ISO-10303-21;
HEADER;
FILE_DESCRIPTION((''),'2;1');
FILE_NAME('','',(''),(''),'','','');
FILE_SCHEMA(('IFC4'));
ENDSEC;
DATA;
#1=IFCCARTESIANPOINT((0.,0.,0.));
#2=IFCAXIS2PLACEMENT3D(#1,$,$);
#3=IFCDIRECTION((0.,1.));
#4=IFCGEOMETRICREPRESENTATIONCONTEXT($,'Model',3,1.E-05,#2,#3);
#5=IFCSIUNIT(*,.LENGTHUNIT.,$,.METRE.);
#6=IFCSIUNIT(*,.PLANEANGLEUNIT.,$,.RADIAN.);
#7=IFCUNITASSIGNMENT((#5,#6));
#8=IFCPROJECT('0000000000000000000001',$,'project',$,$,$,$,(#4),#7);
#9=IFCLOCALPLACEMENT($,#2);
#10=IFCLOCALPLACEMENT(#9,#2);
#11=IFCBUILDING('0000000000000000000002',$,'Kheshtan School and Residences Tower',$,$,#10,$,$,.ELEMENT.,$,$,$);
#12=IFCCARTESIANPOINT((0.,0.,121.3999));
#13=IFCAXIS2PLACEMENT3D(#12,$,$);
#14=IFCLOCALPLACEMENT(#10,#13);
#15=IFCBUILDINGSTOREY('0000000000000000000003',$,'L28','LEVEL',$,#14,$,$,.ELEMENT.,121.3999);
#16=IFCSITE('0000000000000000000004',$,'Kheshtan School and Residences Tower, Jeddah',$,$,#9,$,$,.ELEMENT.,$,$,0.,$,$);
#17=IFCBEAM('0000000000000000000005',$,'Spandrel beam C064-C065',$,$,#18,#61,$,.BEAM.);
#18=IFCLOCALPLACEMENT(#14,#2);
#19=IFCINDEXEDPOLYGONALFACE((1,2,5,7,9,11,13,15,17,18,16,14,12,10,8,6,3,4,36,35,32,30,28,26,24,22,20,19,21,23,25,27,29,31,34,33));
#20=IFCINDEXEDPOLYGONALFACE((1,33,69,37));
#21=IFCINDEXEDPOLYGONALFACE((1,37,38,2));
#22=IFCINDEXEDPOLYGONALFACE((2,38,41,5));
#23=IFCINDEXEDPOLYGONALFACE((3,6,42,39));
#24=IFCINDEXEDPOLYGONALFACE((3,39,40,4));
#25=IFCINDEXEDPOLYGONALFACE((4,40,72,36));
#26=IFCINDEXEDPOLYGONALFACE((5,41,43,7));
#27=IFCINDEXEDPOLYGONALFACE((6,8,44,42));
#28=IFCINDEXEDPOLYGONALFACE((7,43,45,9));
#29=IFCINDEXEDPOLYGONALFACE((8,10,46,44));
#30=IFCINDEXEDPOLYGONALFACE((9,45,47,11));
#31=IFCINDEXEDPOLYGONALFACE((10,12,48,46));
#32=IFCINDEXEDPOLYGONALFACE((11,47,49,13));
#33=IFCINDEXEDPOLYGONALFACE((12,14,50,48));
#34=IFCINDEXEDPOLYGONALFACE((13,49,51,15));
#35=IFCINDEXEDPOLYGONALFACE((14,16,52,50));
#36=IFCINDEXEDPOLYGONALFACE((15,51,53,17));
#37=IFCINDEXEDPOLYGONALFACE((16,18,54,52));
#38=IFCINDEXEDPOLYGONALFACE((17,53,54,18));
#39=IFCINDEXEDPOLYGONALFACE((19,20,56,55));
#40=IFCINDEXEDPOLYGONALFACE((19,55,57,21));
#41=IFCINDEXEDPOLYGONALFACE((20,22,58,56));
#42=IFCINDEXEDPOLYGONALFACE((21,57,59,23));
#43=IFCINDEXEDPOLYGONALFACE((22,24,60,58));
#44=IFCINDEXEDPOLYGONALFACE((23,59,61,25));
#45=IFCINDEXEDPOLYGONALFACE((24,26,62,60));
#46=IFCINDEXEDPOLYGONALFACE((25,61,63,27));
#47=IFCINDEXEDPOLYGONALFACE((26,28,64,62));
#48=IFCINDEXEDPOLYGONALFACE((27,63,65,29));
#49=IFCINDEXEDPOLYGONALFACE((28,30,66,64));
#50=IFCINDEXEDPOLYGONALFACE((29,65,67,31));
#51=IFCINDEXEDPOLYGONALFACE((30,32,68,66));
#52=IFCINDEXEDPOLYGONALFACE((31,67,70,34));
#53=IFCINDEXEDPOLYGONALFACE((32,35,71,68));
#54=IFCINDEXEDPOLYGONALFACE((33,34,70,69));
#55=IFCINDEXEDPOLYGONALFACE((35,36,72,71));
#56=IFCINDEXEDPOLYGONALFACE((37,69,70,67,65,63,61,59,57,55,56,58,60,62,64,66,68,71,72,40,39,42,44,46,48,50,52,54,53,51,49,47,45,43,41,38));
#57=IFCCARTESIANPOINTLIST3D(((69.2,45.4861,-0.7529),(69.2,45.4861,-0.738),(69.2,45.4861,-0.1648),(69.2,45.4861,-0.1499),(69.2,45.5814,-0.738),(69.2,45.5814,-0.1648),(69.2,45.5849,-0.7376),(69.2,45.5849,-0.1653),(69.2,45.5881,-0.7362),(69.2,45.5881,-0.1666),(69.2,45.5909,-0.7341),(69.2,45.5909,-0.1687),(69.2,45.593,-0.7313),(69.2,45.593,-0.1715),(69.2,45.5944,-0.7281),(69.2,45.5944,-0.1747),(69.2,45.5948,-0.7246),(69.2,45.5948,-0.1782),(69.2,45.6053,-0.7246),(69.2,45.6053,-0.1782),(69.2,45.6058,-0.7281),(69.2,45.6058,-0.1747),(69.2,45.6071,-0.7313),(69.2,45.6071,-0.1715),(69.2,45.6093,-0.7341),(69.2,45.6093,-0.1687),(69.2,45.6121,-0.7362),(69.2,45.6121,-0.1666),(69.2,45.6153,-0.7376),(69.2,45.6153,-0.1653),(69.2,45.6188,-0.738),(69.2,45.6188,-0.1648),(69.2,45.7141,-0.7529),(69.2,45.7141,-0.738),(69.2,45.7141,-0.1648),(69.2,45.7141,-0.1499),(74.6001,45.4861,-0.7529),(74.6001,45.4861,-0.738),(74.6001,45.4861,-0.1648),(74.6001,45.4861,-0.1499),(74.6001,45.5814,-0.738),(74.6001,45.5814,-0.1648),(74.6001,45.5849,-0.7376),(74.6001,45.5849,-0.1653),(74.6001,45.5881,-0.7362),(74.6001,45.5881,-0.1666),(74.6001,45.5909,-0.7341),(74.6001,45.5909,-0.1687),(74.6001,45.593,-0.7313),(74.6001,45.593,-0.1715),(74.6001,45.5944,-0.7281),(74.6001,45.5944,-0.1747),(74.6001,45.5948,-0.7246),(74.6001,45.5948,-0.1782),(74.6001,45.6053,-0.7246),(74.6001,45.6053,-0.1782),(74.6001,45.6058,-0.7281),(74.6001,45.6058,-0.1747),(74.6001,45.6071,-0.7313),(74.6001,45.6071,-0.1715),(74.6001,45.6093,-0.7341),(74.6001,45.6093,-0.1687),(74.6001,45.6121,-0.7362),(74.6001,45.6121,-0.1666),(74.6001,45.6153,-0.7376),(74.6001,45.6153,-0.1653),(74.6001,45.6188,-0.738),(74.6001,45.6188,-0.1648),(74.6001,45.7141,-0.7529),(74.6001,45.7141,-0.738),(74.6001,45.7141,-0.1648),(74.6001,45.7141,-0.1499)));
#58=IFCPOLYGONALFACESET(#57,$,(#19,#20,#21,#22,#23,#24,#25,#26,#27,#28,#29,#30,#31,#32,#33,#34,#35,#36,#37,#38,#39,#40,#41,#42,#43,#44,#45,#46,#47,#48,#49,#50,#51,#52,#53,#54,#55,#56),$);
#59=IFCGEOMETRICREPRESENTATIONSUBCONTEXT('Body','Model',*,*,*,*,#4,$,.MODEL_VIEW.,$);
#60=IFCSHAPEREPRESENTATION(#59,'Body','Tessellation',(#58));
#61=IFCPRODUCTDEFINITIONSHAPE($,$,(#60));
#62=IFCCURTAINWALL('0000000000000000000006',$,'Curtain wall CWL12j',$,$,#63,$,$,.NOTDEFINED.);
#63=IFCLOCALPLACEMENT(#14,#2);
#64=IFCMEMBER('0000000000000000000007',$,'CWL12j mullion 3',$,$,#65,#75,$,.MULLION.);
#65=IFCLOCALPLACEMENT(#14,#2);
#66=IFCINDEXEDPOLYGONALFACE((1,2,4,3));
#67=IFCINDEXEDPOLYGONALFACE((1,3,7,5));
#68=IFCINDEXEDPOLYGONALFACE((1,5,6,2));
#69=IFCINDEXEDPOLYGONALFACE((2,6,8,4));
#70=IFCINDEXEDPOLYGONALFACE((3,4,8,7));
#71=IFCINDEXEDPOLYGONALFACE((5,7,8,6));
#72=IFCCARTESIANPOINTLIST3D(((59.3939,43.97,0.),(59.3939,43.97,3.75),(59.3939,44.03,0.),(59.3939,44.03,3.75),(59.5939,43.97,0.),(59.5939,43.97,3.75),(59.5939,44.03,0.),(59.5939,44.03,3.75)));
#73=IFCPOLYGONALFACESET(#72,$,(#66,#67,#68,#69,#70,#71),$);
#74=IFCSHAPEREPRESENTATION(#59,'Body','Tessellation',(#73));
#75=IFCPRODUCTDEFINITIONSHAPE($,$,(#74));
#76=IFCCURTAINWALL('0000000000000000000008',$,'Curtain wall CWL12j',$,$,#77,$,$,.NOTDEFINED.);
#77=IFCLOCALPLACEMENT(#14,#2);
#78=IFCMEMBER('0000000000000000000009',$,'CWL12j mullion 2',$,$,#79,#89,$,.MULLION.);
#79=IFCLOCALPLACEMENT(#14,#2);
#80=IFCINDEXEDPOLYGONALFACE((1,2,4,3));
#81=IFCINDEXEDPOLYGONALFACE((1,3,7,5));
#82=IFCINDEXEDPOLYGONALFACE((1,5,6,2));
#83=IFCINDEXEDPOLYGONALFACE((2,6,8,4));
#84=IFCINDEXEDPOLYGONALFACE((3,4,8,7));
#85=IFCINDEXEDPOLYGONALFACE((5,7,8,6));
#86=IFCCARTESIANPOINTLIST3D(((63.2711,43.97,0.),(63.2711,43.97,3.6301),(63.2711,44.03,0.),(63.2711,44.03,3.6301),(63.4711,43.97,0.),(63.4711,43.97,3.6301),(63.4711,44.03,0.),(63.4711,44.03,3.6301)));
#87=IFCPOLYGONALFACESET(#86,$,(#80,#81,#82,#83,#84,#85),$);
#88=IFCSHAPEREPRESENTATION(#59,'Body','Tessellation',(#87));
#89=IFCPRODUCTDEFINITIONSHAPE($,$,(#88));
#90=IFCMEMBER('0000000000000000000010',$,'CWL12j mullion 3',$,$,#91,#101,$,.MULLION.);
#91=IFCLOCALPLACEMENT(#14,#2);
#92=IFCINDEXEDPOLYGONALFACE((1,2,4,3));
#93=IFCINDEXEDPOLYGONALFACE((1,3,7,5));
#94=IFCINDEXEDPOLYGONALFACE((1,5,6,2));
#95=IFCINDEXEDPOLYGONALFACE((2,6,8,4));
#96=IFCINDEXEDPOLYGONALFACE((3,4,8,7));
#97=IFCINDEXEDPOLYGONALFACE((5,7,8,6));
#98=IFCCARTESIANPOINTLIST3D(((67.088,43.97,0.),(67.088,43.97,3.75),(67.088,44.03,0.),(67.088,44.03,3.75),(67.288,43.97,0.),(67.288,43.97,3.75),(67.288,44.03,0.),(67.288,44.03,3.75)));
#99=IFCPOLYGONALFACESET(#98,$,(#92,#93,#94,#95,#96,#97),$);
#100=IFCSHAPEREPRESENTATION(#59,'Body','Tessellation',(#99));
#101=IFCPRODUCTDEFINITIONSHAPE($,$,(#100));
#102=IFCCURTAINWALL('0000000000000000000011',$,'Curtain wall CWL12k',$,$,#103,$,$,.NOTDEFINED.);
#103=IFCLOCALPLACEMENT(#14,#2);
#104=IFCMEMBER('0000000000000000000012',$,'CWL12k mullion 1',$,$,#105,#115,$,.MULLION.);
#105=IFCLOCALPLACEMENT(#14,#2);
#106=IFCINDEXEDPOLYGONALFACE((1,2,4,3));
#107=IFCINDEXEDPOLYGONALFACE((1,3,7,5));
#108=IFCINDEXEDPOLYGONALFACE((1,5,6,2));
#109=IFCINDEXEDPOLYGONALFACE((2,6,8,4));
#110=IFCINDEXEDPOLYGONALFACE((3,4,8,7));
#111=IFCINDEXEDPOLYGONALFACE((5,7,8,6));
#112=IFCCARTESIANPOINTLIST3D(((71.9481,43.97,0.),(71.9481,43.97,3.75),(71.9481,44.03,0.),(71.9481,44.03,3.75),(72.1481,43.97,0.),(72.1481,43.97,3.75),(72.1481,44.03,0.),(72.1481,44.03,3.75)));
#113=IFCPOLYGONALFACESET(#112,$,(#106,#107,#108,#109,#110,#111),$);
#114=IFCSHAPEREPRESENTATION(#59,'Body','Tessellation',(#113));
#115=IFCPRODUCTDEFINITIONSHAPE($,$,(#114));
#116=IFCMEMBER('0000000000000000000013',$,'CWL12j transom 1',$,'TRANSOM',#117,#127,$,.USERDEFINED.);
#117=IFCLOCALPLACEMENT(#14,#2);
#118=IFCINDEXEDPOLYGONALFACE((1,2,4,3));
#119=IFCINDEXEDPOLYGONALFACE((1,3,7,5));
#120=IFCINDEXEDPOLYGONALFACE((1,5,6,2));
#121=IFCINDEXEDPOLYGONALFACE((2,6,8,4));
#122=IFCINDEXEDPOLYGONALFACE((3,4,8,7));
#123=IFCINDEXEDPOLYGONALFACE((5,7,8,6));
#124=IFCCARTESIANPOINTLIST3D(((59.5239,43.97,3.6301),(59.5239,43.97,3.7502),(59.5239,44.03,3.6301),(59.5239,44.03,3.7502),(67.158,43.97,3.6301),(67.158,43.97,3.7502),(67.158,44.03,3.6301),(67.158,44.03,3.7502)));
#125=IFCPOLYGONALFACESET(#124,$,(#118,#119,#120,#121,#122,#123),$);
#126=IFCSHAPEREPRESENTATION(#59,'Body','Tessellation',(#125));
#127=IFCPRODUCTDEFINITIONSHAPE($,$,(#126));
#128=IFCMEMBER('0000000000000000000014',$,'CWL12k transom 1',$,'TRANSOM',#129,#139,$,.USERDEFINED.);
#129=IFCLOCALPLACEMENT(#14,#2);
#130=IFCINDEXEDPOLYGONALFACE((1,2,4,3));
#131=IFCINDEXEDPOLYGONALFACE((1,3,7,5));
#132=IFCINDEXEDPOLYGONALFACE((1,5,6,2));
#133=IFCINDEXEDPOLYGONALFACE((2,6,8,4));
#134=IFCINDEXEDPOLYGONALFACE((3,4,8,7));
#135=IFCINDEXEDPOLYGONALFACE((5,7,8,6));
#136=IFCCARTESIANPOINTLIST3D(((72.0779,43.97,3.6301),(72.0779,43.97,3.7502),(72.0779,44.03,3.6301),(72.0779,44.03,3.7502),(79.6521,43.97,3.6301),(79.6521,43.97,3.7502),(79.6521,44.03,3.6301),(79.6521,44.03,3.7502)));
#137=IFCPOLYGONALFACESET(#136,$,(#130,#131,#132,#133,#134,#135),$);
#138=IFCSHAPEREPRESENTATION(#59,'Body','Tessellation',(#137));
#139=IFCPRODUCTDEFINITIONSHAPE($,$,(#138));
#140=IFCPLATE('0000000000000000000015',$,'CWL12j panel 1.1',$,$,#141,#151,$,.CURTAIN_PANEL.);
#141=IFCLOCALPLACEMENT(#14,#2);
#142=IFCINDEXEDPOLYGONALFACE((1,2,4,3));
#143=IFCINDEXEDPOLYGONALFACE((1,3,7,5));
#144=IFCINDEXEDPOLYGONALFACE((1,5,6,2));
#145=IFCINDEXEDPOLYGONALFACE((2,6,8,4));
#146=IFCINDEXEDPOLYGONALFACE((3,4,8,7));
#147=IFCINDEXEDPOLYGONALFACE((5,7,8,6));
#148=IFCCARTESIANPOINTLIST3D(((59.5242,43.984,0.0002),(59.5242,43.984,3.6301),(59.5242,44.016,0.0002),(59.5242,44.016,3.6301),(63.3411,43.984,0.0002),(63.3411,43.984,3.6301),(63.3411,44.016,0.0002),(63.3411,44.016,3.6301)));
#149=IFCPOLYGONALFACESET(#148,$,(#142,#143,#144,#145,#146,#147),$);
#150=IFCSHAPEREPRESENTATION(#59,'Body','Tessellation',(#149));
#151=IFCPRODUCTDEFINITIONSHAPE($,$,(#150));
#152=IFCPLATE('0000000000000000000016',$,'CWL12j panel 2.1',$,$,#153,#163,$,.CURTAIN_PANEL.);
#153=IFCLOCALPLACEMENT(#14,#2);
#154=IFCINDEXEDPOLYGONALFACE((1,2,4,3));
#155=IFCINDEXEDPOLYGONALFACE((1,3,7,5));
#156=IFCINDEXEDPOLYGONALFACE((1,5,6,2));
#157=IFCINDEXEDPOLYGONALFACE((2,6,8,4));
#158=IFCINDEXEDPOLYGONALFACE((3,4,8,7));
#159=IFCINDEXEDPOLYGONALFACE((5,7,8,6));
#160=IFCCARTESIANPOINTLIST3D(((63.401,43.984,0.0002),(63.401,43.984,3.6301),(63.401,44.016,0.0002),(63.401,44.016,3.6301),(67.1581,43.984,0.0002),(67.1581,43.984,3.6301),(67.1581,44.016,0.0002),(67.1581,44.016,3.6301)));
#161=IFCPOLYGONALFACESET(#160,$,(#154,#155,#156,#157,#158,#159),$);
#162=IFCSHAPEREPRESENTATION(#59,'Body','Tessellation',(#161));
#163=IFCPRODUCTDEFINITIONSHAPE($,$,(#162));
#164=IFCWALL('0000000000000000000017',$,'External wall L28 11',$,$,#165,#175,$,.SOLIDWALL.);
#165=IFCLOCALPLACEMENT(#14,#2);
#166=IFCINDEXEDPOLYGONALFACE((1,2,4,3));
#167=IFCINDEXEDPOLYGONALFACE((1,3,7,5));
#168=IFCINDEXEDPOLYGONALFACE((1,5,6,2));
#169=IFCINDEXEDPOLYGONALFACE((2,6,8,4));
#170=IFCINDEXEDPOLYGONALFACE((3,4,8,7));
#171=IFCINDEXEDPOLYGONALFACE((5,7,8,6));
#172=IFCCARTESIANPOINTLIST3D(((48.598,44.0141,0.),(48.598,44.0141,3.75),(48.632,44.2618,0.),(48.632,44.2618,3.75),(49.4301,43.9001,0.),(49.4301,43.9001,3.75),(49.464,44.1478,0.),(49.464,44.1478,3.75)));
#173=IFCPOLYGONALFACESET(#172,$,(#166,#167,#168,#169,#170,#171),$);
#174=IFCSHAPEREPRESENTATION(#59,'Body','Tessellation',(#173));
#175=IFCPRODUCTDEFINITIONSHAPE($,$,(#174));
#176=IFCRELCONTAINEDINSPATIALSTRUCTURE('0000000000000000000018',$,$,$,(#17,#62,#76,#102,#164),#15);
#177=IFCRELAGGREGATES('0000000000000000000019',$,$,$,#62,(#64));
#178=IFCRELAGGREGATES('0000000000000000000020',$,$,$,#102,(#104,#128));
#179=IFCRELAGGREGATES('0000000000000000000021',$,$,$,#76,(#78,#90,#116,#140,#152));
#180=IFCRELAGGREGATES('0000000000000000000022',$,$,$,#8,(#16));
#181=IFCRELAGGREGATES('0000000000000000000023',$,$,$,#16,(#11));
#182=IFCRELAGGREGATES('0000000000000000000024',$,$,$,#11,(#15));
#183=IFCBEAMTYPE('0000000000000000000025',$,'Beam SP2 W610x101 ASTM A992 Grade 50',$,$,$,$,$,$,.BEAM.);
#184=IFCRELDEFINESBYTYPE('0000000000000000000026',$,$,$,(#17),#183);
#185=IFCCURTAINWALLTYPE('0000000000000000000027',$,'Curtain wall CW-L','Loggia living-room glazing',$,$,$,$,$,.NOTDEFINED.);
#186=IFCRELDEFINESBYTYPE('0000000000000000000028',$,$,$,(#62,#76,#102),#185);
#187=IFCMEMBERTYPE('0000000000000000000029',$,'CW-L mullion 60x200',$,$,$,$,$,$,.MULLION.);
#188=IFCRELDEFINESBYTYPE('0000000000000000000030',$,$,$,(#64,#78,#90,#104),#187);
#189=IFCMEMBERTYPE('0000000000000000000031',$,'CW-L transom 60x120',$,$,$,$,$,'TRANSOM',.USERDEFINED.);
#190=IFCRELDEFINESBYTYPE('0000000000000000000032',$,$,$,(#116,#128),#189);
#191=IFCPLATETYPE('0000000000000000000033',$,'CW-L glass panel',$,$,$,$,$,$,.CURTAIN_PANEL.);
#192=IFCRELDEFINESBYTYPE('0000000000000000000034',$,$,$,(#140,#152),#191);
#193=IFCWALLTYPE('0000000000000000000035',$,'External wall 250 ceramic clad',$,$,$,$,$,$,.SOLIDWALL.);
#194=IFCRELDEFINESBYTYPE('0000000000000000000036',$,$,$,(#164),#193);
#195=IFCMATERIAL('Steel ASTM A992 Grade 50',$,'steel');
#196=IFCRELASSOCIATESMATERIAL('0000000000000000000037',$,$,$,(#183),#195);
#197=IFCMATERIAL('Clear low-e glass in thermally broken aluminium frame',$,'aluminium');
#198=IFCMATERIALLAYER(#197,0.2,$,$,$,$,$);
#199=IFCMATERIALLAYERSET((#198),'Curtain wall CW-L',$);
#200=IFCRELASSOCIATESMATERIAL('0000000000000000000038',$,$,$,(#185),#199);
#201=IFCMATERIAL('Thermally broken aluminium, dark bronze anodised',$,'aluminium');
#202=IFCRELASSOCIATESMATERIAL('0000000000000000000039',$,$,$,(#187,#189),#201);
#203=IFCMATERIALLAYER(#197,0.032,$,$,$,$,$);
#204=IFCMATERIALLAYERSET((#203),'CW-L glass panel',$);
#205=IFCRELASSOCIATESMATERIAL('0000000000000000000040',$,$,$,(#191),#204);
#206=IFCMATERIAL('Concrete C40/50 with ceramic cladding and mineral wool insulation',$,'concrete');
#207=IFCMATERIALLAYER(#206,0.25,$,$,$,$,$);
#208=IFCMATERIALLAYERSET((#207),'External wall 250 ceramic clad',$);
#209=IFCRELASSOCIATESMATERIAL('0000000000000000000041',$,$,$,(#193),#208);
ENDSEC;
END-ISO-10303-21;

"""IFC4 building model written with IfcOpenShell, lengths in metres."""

from ifc_helpers import new_model, si_unit, direction, frame, frame_2d, origin, origin_2d, place, context, subcontext, project, spatial, rectangle, i_section, extrude, material, layer, layer_set, material_profile, profile_set, type_object, element, aggregate, save


model = new_model("IFC4")

# Units and contexts
model_context = context("Model", 3, precision=1e-05, world=origin(), true_north=direction((0.0, 1.0)))
body_context = subcontext(model_context, "Body", "Model", "MODEL_VIEW")
ifc_project = project(units=[si_unit("LENGTHUNIT", "METRE"), si_unit("PLANEANGLEUNIT", "RADIAN")], contexts=[model_context])

# Site, building, storey
site_placement = place(None, origin())
site = spatial("IfcSite", under=ifc_project, at=site_placement, Name="Kheshtan School and Residences Tower, Jeddah", CompositionType="ELEMENT", RefElevation=0.0)
building_placement = place(site_placement, origin())
building = spatial("IfcBuilding", under=site, at=building_placement, Name="Kheshtan School and Residences Tower", CompositionType="ELEMENT")
storey_placement = place(building_placement, frame((0.0, 0.0, 121.3999)))
storey = spatial("IfcBuildingStorey", under=building, at=storey_placement, Name="L28", Description="LEVEL", CompositionType="ELEMENT", Elevation=121.3999)

# Shared definitions
ifc_material_1 = material(Name="Steel ASTM A992 Grade 50", Category="steel")

# Beam
ifc_material_profile_1 = material_profile(ifc_material_1, i_section(OverallWidth=0.228, OverallDepth=0.603, WebThickness=0.0105, FlangeThickness=0.0149, FilletRadius=0.0134, at=origin_2d()), Name="W610x101")
ifc_profile_set_1 = profile_set([ifc_material_profile_1], Name="Steel ASTM A992 Grade 50")
beam_type_1 = type_object("IfcBeamType", Name="Beam SP2 W610x101 ASTM A992 Grade 50", PredefinedType="BEAM", material=ifc_profile_set_1)
beam_1_placement = place(storey_placement, frame((69.2, 45.6001, -0.4514), z_axis=(1.0, 0.0, 0.0), x_axis=(0.0, 1.0, 0.0)))
element("IfcBeam", 1, at=beam_1_placement, inside=storey, type_object=beam_type_1, Name="Spandrel beam C064-C065", PredefinedType="BEAM", context=body_context, shape_type="SweptSolid", body=[
    extrude(i_section(OverallWidth=0.228, OverallDepth=0.603, WebThickness=0.0105, FlangeThickness=0.0149, FilletRadius=0.0134, at=origin_2d()), origin(), (0.0, 0.0, 1.0), 5.4001),
])

# Curtain wall, member
ifc_material_2 = material(Name="Clear low-e glass in thermally broken aluminium frame", Category="aluminium")
ifc_layer_1 = layer(ifc_material_2, 0.2)
ifc_layer_set_1 = layer_set([ifc_layer_1], Name="Curtain wall CW-L")
curtain_wall_type = type_object("IfcCurtainWallType", Name="Curtain wall CW-L", Description="Loggia living-room glazing", PredefinedType="NOTDEFINED", material=ifc_layer_set_1)
curtain_wall_1_placement = place(storey_placement, origin())
curtain_wall_1 = element("IfcCurtainWall", 2, at=curtain_wall_1_placement, inside=storey, type_object=curtain_wall_type, Name="Curtain wall CWL12j", PredefinedType="NOTDEFINED")
ifc_material_3 = material(Name="Thermally broken aluminium, dark bronze anodised", Category="aluminium")
ifc_material_profile_2 = material_profile(ifc_material_3, rectangle(XDim=0.0601, YDim=0.2, at=origin_2d()), Name="CW-L mullion 60x200")
ifc_profile_set_2 = profile_set([ifc_material_profile_2], Name="Thermally broken aluminium, dark bronze anodised")
member_type_1 = type_object("IfcMemberType", Name="CW-L mullion 60x200", PredefinedType="MULLION", material=ifc_profile_set_2)
member_1_placement = place(storey_placement, frame((59.4939, 44.0, 0.0), z_axis=(0.0, 0.0, 1.0), x_axis=(0.0, 1.0, 0.0)))
member_1 = element("IfcMember", 3, at=member_1_placement, type_object=member_type_1, Name="CWL12j mullion 3", PredefinedType="MULLION", context=body_context, shape_type="SweptSolid", body=[
    extrude(rectangle(XDim=0.0601, YDim=0.2, at=origin_2d()), origin(), (0.0, 0.0, 1.0), 3.75),
])
aggregate(curtain_wall_1, [member_1])

# Curtain wall, members
curtain_wall_2_placement = place(storey_placement, origin())
curtain_wall_2 = element("IfcCurtainWall", 4, at=curtain_wall_2_placement, inside=storey, type_object=curtain_wall_type, Name="Curtain wall CWL12j", PredefinedType="NOTDEFINED")
member_2_placement = place(storey_placement, frame((63.3711, 44.0, 0.0), z_axis=(0.0, 0.0, 1.0), x_axis=(0.0, 1.0, 0.0)))
member_2 = element("IfcMember", 5, at=member_2_placement, type_object=member_type_1, Name="CWL12j mullion 2", PredefinedType="MULLION", context=body_context, shape_type="SweptSolid", body=[
    extrude(rectangle(XDim=0.0601, YDim=0.2, at=origin_2d()), origin(), (0.0, 0.0, 1.0), 3.6301),
])
member_3_placement = place(storey_placement, frame((67.188, 44.0, 0.0), z_axis=(0.0, 0.0, 1.0), x_axis=(0.0, 1.0, 0.0)))
member_3 = element("IfcMember", 6, at=member_3_placement, type_object=member_type_1, Name="CWL12j mullion 3", PredefinedType="MULLION", context=body_context, shape_type="SweptSolid", body=[
    extrude(rectangle(XDim=0.0601, YDim=0.2, at=origin_2d()), origin(), (0.0, 0.0, 1.0), 3.75),
])

# Curtain wall, member
curtain_wall_3_placement = place(storey_placement, origin())
curtain_wall_3 = element("IfcCurtainWall", 7, at=curtain_wall_3_placement, inside=storey, type_object=curtain_wall_type, Name="Curtain wall CWL12k", PredefinedType="NOTDEFINED")
member_4_placement = place(storey_placement, frame((72.0481, 44.0, 0.0), z_axis=(0.0, 0.0, 1.0), x_axis=(0.0, 1.0, 0.0)))
member_4 = element("IfcMember", 8, at=member_4_placement, type_object=member_type_1, Name="CWL12k mullion 1", PredefinedType="MULLION", context=body_context, shape_type="SweptSolid", body=[
    extrude(rectangle(XDim=0.0601, YDim=0.2, at=origin_2d()), origin(), (0.0, 0.0, 1.0), 3.75),
])

# Members
ifc_material_profile_3 = material_profile(ifc_material_3, rectangle(XDim=0.0601, YDim=0.1201, at=origin_2d()), Name="CW-L transom 60x120")
ifc_profile_set_3 = profile_set([ifc_material_profile_3], Name="Thermally broken aluminium, dark bronze anodised")
member_type_2 = type_object("IfcMemberType", Name="CW-L transom 60x120", ElementType="TRANSOM", PredefinedType="USERDEFINED", material=ifc_profile_set_3)
member_5_placement = place(storey_placement, frame((59.5239, 44.0, 3.6902), z_axis=(1.0, 0.0, 0.0), x_axis=(0.0, 1.0, 0.0)))
member_5 = element("IfcMember", 9, at=member_5_placement, type_object=member_type_2, Name="CWL12j transom 1", ObjectType="TRANSOM", PredefinedType="USERDEFINED", context=body_context, shape_type="SweptSolid", body=[
    extrude(rectangle(XDim=0.0601, YDim=0.1201, at=origin_2d()), origin(), (0.0, 0.0, 1.0), 7.634),
])
member_6_placement = place(storey_placement, frame((72.0779, 44.0, 3.6902), z_axis=(1.0, 0.0, 0.0), x_axis=(0.0, 1.0, 0.0)))
member_6 = element("IfcMember", 10, at=member_6_placement, type_object=member_type_2, Name="CWL12k transom 1", ObjectType="TRANSOM", PredefinedType="USERDEFINED", context=body_context, shape_type="SweptSolid", body=[
    extrude(rectangle(XDim=0.0601, YDim=0.1201, at=origin_2d()), origin(), (0.0, 0.0, 1.0), 7.5742),
])
aggregate(curtain_wall_3, [member_4, member_6])

# Plates
ifc_layer_2 = layer(ifc_material_2, 0.032)
ifc_layer_set_2 = layer_set([ifc_layer_2], Name="CW-L glass panel")
plate_type = type_object("IfcPlateType", Name="CW-L glass panel", PredefinedType="CURTAIN_PANEL", material=ifc_layer_set_2)
plate_1_placement = place(storey_placement, frame((61.4326, 44.0, 0.0002), z_axis=(0.0, 0.0, 1.0), x_axis=(1.0, 0.0, 0.0)))
plate_1 = element("IfcPlate", 11, at=plate_1_placement, type_object=plate_type, Name="CWL12j panel 1.1", PredefinedType="CURTAIN_PANEL", context=body_context, shape_type="SweptSolid", body=[
    extrude(rectangle(XDim=3.8169, YDim=0.032, at=origin_2d()), origin(), (0.0, 0.0, 1.0), 3.6299),
])
plate_2_placement = place(storey_placement, frame((65.2795, 44.0, 0.0002), z_axis=(0.0, 0.0, 1.0), x_axis=(1.0, 0.0, 0.0)))
plate_2 = element("IfcPlate", 12, at=plate_2_placement, type_object=plate_type, Name="CWL12j panel 2.1", PredefinedType="CURTAIN_PANEL", context=body_context, shape_type="SweptSolid", body=[
    extrude(rectangle(XDim=3.7571, YDim=0.032, at=origin_2d()), origin(), (0.0, 0.0, 1.0), 3.6299),
])
aggregate(curtain_wall_2, [member_2, member_3, member_5, plate_1, plate_2])

# Wall
ifc_material_4 = material(Name="Concrete C40/50 with ceramic cladding and mineral wool insulation", Category="concrete")
ifc_layer_3 = layer(ifc_material_4, 0.25)
ifc_layer_set_3 = layer_set([ifc_layer_3], Name="External wall 250 ceramic clad")
wall_type = type_object("IfcWallType", Name="External wall 250 ceramic clad", PredefinedType="SOLIDWALL", material=ifc_layer_set_3)
wall_placement = place(storey_placement, frame((48.615, 44.1379, 0.0), z_axis=(0.0, 0.0, 1.0), x_axis=(0.990742, -0.135762, 0.0)))
element("IfcWall", 13, at=wall_placement, inside=storey, type_object=wall_type, Name="External wall L28 11", PredefinedType="SOLIDWALL", context=body_context, shape_type="SweptSolid", body=[
    extrude(rectangle(XDim=0.8398, YDim=0.25, at=frame_2d((0.4199, 0.0))), origin(), (0.0, 0.0, 1.0), 3.75),
])

save(model, "model.ifc")
